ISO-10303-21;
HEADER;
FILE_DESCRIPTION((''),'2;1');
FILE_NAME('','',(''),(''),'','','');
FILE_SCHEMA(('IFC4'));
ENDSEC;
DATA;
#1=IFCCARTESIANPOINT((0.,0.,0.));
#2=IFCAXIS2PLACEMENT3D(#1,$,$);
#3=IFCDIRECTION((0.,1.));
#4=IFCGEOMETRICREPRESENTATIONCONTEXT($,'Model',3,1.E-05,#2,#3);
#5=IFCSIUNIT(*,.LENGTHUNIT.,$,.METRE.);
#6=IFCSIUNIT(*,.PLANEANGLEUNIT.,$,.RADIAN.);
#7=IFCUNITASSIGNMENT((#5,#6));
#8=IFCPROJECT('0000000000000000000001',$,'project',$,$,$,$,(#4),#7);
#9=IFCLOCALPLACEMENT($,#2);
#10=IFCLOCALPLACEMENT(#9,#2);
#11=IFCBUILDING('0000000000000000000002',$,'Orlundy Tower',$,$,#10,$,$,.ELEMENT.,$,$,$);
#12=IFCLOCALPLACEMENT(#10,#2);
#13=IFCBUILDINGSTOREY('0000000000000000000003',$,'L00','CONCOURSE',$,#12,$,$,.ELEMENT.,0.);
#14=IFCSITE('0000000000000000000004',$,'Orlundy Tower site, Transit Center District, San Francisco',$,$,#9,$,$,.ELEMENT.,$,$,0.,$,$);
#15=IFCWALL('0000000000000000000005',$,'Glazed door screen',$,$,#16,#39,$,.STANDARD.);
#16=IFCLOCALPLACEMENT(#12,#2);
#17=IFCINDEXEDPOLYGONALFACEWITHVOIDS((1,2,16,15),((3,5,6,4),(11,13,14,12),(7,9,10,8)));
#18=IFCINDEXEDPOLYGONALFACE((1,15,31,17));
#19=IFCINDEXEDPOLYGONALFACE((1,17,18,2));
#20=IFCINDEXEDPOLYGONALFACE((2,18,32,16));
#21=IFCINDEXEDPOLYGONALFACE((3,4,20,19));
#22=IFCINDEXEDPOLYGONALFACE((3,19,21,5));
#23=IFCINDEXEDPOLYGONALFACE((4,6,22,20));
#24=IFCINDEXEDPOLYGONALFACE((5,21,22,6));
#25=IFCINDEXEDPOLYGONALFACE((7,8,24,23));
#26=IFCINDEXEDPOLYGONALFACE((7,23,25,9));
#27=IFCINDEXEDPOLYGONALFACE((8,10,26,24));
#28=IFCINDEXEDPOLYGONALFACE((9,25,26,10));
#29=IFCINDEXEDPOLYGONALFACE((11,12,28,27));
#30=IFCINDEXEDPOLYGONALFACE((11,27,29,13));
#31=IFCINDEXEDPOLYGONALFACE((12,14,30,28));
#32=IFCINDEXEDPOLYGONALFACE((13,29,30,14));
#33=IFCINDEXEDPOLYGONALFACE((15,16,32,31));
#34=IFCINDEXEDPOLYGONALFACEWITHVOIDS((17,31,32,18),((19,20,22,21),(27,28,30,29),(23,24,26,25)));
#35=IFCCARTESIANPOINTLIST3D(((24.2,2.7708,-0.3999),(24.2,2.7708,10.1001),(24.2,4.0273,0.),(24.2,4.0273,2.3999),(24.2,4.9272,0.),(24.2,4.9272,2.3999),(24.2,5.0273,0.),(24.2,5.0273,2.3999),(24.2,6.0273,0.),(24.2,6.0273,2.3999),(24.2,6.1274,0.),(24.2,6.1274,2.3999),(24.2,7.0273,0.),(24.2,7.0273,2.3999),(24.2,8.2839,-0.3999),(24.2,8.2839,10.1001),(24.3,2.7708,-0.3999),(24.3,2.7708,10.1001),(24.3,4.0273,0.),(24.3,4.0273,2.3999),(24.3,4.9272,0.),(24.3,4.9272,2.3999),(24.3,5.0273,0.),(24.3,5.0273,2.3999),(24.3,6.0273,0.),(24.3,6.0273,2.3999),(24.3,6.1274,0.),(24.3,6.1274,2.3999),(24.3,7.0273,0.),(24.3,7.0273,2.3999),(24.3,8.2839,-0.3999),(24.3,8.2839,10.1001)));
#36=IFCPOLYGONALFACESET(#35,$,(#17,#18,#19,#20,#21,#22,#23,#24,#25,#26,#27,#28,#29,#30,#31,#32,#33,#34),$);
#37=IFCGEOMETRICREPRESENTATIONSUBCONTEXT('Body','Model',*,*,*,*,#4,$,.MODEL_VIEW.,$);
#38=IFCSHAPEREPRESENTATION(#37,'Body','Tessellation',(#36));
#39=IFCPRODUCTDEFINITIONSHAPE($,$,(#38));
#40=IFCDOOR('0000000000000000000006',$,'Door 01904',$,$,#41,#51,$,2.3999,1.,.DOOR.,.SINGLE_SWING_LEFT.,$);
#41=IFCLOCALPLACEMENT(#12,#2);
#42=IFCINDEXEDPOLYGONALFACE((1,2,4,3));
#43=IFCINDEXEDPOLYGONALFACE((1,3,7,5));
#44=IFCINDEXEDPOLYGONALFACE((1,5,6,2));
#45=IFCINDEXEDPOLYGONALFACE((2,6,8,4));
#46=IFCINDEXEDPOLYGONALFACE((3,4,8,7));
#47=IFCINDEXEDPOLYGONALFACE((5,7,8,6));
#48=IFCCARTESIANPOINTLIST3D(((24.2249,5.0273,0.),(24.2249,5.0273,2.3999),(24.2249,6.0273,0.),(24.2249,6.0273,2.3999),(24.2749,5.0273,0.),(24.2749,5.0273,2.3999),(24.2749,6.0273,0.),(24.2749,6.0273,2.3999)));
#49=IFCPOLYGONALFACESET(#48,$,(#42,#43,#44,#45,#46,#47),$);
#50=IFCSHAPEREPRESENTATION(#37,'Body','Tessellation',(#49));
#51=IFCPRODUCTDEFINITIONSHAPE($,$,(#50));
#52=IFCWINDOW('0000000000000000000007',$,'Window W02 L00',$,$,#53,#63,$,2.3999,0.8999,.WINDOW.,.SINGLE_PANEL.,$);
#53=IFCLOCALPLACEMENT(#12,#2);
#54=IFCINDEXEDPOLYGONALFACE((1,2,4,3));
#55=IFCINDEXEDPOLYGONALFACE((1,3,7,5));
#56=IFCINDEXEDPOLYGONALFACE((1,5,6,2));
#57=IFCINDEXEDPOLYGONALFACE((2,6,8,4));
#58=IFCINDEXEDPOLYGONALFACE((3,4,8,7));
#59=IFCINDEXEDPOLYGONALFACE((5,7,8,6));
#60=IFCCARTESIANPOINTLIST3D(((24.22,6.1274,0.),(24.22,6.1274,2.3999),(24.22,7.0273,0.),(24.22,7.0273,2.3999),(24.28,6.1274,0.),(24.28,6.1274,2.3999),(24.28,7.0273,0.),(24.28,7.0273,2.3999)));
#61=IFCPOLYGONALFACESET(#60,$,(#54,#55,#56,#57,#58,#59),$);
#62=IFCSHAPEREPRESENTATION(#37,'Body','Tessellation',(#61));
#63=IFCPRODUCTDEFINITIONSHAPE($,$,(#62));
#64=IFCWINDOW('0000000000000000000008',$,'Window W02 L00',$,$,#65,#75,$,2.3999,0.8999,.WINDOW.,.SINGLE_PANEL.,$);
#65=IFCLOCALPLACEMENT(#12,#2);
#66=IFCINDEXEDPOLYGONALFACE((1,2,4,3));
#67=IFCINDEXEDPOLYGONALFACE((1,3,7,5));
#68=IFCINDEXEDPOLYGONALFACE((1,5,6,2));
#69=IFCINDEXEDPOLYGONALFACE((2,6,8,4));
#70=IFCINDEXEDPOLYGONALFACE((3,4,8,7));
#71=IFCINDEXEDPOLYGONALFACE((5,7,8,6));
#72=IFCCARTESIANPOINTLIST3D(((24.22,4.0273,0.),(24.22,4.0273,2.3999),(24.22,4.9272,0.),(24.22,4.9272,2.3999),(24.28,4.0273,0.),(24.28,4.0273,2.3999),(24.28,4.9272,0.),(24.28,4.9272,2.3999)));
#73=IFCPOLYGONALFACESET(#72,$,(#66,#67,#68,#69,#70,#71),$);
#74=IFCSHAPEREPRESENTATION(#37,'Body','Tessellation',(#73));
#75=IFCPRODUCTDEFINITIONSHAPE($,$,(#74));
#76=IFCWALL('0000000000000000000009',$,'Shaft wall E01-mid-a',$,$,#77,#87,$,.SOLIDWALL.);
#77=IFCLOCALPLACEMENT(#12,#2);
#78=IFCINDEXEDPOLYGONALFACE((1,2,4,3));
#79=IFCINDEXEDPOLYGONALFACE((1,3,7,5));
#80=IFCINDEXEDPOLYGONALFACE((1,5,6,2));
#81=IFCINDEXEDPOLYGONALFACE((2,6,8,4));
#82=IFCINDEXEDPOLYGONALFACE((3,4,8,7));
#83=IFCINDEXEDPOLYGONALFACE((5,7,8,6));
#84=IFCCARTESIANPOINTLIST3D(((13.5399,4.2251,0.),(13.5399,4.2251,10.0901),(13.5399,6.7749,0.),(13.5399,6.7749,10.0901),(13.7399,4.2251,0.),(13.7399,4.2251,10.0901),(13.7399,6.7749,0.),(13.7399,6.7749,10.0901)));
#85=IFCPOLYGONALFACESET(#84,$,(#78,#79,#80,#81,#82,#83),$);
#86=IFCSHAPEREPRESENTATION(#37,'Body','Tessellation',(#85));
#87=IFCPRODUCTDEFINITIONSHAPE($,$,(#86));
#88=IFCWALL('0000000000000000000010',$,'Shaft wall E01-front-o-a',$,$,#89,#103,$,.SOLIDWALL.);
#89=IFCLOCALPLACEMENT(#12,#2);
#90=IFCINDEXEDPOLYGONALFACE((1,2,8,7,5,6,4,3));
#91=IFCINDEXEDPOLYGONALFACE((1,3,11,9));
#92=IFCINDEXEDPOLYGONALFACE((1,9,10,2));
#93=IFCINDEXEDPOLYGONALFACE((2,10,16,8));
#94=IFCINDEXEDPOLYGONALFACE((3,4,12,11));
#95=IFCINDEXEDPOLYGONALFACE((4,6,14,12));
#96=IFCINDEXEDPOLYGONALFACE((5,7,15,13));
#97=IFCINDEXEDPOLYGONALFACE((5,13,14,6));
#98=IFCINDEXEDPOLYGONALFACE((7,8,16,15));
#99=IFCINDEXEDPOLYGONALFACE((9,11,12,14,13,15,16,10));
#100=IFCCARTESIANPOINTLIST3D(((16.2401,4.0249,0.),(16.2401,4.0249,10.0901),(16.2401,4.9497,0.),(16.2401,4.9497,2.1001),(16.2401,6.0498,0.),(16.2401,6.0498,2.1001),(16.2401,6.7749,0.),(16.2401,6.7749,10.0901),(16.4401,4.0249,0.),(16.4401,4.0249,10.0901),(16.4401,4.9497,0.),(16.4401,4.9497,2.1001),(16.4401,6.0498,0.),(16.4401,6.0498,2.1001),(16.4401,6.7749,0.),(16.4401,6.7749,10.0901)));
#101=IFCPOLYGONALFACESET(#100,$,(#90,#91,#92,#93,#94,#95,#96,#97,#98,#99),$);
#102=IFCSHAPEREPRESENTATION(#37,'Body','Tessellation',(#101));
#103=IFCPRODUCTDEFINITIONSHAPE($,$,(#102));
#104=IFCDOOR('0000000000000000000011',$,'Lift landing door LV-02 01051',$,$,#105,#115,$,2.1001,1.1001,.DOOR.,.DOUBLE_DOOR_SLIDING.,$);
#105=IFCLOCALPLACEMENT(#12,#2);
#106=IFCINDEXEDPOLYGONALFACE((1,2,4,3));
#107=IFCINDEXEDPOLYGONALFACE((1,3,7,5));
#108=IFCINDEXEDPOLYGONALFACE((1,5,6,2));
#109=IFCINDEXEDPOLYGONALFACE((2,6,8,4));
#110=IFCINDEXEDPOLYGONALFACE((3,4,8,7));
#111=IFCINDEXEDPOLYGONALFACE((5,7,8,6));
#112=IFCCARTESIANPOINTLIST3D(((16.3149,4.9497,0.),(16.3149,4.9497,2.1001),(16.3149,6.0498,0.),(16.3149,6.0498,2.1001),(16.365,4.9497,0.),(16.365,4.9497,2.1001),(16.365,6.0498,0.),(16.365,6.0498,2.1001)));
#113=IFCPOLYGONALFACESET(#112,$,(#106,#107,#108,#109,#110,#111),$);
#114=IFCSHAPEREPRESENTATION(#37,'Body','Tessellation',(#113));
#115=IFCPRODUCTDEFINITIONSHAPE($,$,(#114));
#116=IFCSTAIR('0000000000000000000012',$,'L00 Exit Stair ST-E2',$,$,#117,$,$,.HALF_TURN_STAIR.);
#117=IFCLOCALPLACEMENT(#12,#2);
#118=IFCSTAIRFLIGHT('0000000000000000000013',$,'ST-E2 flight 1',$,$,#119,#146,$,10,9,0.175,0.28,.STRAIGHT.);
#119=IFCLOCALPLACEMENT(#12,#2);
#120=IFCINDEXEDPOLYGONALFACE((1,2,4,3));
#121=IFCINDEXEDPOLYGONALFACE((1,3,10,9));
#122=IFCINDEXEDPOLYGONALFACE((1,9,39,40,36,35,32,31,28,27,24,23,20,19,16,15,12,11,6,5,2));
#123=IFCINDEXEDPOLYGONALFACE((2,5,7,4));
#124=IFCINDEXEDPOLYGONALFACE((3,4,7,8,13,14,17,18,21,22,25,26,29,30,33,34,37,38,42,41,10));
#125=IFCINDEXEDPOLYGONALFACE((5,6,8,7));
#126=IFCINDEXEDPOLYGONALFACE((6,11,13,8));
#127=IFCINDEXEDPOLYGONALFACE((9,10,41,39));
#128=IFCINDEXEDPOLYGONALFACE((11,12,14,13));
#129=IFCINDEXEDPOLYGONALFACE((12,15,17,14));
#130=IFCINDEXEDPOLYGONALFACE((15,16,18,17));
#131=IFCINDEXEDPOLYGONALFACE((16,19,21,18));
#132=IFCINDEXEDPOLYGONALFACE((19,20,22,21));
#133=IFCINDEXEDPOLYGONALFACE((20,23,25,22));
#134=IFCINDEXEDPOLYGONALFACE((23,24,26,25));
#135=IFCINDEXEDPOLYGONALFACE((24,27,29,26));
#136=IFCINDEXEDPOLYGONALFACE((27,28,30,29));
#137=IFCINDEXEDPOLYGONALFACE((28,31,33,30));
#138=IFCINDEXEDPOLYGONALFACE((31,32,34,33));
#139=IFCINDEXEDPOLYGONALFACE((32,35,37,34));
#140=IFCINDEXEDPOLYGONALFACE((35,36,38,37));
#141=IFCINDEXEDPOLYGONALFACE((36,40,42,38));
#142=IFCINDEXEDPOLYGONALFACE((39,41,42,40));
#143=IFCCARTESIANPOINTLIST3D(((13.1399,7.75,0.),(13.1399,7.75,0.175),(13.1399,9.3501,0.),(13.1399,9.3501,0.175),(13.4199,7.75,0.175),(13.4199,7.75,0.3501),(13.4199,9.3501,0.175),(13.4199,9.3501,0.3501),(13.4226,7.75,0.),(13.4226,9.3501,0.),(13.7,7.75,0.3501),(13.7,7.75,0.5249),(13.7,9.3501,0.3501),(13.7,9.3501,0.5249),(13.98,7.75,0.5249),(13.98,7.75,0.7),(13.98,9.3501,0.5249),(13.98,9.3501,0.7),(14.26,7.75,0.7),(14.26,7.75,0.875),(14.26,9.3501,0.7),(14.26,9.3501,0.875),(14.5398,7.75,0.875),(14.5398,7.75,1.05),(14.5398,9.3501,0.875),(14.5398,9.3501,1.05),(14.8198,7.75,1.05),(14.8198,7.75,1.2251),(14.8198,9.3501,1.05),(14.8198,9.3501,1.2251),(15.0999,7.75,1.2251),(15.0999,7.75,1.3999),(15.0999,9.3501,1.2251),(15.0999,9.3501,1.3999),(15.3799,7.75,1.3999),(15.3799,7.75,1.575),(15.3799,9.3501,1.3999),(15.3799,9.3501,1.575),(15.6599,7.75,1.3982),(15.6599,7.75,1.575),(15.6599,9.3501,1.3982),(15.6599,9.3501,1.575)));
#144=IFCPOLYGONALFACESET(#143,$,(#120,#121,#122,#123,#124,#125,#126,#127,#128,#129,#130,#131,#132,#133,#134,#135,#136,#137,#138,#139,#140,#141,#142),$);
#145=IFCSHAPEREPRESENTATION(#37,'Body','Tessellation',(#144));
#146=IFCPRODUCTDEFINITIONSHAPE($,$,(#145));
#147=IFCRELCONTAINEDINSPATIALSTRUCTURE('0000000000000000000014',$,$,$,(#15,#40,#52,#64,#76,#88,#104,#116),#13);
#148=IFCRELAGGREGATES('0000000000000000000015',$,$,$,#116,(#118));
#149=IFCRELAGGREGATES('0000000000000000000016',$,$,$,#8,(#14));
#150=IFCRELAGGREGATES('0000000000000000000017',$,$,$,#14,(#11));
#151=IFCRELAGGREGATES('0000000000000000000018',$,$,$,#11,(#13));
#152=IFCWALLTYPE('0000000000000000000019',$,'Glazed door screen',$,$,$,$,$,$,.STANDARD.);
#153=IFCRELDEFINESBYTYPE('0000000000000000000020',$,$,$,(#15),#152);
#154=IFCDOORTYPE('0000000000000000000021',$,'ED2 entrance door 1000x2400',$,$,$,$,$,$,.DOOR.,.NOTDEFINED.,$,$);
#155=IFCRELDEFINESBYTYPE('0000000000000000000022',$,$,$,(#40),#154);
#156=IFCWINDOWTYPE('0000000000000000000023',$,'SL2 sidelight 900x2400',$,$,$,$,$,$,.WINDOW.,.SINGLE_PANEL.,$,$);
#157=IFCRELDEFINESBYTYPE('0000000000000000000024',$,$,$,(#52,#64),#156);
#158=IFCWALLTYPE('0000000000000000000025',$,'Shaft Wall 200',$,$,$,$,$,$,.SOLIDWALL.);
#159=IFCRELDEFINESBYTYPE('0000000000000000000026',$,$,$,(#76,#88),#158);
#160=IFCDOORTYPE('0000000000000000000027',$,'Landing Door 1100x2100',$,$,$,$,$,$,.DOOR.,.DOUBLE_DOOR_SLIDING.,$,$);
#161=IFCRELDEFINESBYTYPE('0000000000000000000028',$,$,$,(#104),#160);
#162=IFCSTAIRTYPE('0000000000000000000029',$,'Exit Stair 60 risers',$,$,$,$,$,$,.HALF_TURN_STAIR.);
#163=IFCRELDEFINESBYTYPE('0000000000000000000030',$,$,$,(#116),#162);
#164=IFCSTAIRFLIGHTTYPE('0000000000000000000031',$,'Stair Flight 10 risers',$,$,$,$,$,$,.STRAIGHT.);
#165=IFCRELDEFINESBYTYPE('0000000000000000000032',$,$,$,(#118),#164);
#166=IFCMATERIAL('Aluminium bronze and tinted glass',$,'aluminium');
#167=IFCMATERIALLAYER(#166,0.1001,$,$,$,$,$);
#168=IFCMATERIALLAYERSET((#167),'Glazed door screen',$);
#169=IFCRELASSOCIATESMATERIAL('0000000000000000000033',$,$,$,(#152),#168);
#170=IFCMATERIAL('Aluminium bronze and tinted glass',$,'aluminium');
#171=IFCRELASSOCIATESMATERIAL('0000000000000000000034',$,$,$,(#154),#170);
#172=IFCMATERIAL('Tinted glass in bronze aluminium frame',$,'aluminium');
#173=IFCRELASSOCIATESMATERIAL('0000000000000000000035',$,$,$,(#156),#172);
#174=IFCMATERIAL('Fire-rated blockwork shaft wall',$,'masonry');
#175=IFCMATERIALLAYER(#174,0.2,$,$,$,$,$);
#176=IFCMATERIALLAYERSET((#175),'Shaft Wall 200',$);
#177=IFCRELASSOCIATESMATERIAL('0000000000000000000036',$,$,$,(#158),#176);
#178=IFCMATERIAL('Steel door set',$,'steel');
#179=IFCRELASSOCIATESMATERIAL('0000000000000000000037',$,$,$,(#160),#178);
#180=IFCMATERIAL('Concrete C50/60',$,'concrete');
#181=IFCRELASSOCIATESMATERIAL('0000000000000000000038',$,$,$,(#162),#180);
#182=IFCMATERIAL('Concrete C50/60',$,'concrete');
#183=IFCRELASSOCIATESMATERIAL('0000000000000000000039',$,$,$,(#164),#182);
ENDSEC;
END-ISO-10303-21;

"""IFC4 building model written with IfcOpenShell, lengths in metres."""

from ifc_helpers import new_model, si_unit, direction, frame, frame_2d, origin, place, context, subcontext, project, spatial, polyline, rectangle, outline, extrude, material, layer, layer_set, type_object, element, fill, aggregate, save


model = new_model("IFC4")

# Units and contexts
model_context = context("Model", 3, precision=1e-05, world=origin(), true_north=direction((0.0, 1.0)))
body_context = subcontext(model_context, "Body", "Model", "MODEL_VIEW")
ifc_project = project(units=[si_unit("LENGTHUNIT", "METRE"), si_unit("PLANEANGLEUNIT", "RADIAN")], contexts=[model_context])

# Site, building, storey
site_placement = place(None, origin())
site = spatial("IfcSite", under=ifc_project, at=site_placement, Name="Orlundy Tower site, Transit Center District, San Francisco", CompositionType="ELEMENT", RefElevation=0.0)
building_placement = place(site_placement, origin())
building = spatial("IfcBuilding", under=site, at=building_placement, Name="Orlundy Tower", CompositionType="ELEMENT")
storey_placement = place(building_placement, origin())
storey = spatial("IfcBuildingStorey", under=building, at=storey_placement, Name="L00", Description="CONCOURSE", CompositionType="ELEMENT", Elevation=0.0)

# Wall, openings, door, windows
ifc_material_1 = material(Name="Aluminium bronze and tinted glass", Category="aluminium")
ifc_layer_1 = layer(ifc_material_1, 0.1001)
ifc_layer_set_1 = layer_set([ifc_layer_1], Name="Glazed door screen")
wall_type_1 = type_object("IfcWallType", Name="Glazed door screen", PredefinedType="STANDARD", material=ifc_layer_set_1)
wall_1_placement = place(storey_placement, frame((24.25, 8.2839, -0.3999), z_axis=(0.0, 0.0, 1.0), x_axis=(0.0, -1.0, 0.0)))
wall_1 = element("IfcWall", 1, at=wall_1_placement, inside=storey, type_object=wall_type_1, Name="Glazed door screen", PredefinedType="STANDARD", context=body_context, shape_type="SweptSolid", body=[
    extrude(rectangle(XDim=5.5132, YDim=0.1001, at=frame_2d((2.7566, 0.0))), origin(), (0.0, 0.0, 1.0), 10.5),
])
opening_1_placement = place(wall_1_placement, frame((2.2566, 0.0, 0.3999)))
opening_1 = element("IfcOpeningElement", 2, at=opening_1_placement, cuts=wall_1, PredefinedType="OPENING", context=body_context, shape_type="SweptSolid", body=[
    extrude(rectangle(XDim=1.0, YDim=2.3999, at=frame_2d((0.5, 1.2))), frame((0.0, 0.0601, 0.0), z_axis=(0.0, -1.0, 0.0), x_axis=(1.0, 0.0, 0.0)), (0.0, 0.0, 1.0), 0.1201),
])
opening_2_placement = place(wall_1_placement, frame((1.2566, 0.0, 0.3999)))
opening_2 = element("IfcOpeningElement", 3, at=opening_2_placement, cuts=wall_1, PredefinedType="OPENING", context=body_context, shape_type="SweptSolid", body=[
    extrude(rectangle(XDim=0.8999, YDim=2.3999, at=frame_2d((0.45, 1.2))), frame((0.0, 0.0601, 0.0), z_axis=(0.0, -1.0, 0.0), x_axis=(1.0, 0.0, 0.0)), (0.0, 0.0, 1.0), 0.1201),
])
opening_3_placement = place(wall_1_placement, frame((3.3567, 0.0, 0.3999)))
opening_3 = element("IfcOpeningElement", 4, at=opening_3_placement, cuts=wall_1, PredefinedType="OPENING", context=body_context, shape_type="SweptSolid", body=[
    extrude(rectangle(XDim=0.8999, YDim=2.3999, at=frame_2d((0.45, 1.2))), frame((0.0, 0.0601, 0.0), z_axis=(0.0, -1.0, 0.0), x_axis=(1.0, 0.0, 0.0)), (0.0, 0.0, 1.0), 0.1201),
])
ifc_material_2 = material(Name="Aluminium bronze and tinted glass", Category="aluminium")
door_type_1 = type_object("IfcDoorType", Name="ED2 entrance door 1000x2400", OperationType="NOTDEFINED", PredefinedType="DOOR", material=ifc_material_2)
door_1_placement = place(opening_1_placement, origin())
door_1 = element("IfcDoor", 5, at=door_1_placement, inside=storey, type_object=door_type_1, Name="Door 01904", OperationType="SINGLE_SWING_LEFT", OverallHeight=2.3999, OverallWidth=1.0, PredefinedType="DOOR", context=body_context, shape_type="SweptSolid", body=[
    extrude(rectangle(XDim=1.0, YDim=2.3999, at=frame_2d((0.5, 1.2))), frame((0.0, 0.0249, 0.0), z_axis=(0.0, -1.0, 0.0), x_axis=(1.0, 0.0, 0.0)), (0.0, 0.0, 1.0), 0.05),
])
fill(opening_1, door_1)
ifc_material_3 = material(Name="Tinted glass in bronze aluminium frame", Category="aluminium")
window_type = type_object("IfcWindowType", Name="SL2 sidelight 900x2400", PartitioningType="SINGLE_PANEL", PredefinedType="WINDOW", material=ifc_material_3)
window_1_placement = place(opening_2_placement, origin())
window_1 = element("IfcWindow", 6, at=window_1_placement, inside=storey, type_object=window_type, Name="Window W02 L00", OverallHeight=2.3999, OverallWidth=0.8999, PartitioningType="SINGLE_PANEL", PredefinedType="WINDOW", context=body_context, shape_type="SweptSolid", body=[
    extrude(rectangle(XDim=0.8999, YDim=2.3999, at=frame_2d((0.45, 1.2))), frame((0.0, 0.03, 0.0), z_axis=(0.0, -1.0, 0.0), x_axis=(1.0, 0.0, 0.0)), (0.0, 0.0, 1.0), 0.0601),
])
fill(opening_2, window_1)
window_2_placement = place(opening_3_placement, origin())
window_2 = element("IfcWindow", 7, at=window_2_placement, inside=storey, type_object=window_type, Name="Window W02 L00", OverallHeight=2.3999, OverallWidth=0.8999, PartitioningType="SINGLE_PANEL", PredefinedType="WINDOW", context=body_context, shape_type="SweptSolid", body=[
    extrude(rectangle(XDim=0.8999, YDim=2.3999, at=frame_2d((0.45, 1.2))), frame((0.0, 0.03, 0.0), z_axis=(0.0, -1.0, 0.0), x_axis=(1.0, 0.0, 0.0)), (0.0, 0.0, 1.0), 0.0601),
])
fill(opening_3, window_2)

# Wall
ifc_material_4 = material(Name="Fire-rated blockwork shaft wall", Category="masonry")
ifc_layer_2 = layer(ifc_material_4, 0.2)
ifc_layer_set_2 = layer_set([ifc_layer_2], Name="Shaft Wall 200")
wall_type_2 = type_object("IfcWallType", Name="Shaft Wall 200", PredefinedType="SOLIDWALL", material=ifc_layer_set_2)
wall_2_placement = place(storey_placement, frame((13.6399, 6.7749, 0.0), z_axis=(0.0, 0.0, 1.0), x_axis=(0.0, -1.0, 0.0)))
element("IfcWall", 8, at=wall_2_placement, inside=storey, type_object=wall_type_2, Name="Shaft wall E01-mid-a", PredefinedType="SOLIDWALL", context=body_context, shape_type="SweptSolid", body=[
    extrude(rectangle(XDim=2.5498, YDim=0.2, at=frame_2d((1.2749, 0.0))), origin(), (0.0, 0.0, 1.0), 10.0901),
])

# Wall, opening, door
wall_3_placement = place(storey_placement, frame((16.3401, 6.7749, 0.0), z_axis=(0.0, 0.0, 1.0), x_axis=(0.0, -1.0, 0.0)))
wall_3 = element("IfcWall", 9, at=wall_3_placement, inside=storey, type_object=wall_type_2, Name="Shaft wall E01-front-o-a", PredefinedType="SOLIDWALL", context=body_context, shape_type="SweptSolid", body=[
    extrude(rectangle(XDim=2.75, YDim=0.2, at=frame_2d((1.375, 0.0))), origin(), (0.0, 0.0, 1.0), 10.0901),
])
opening_4_placement = place(wall_3_placement, frame((0.7251, 0.0, 0.0)))
opening_4 = element("IfcOpeningElement", 10, at=opening_4_placement, cuts=wall_3, PredefinedType="OPENING", context=body_context, shape_type="SweptSolid", body=[
    extrude(rectangle(XDim=1.1001, YDim=2.1001, at=frame_2d((0.55, 1.05))), frame((0.0, 0.1101, 0.0), z_axis=(0.0, -1.0, 0.0), x_axis=(1.0, 0.0, 0.0)), (0.0, 0.0, 1.0), 0.2202),
])
ifc_material_5 = material(Name="Steel door set", Category="steel")
door_type_2 = type_object("IfcDoorType", Name="Landing Door 1100x2100", OperationType="DOUBLE_DOOR_SLIDING", PredefinedType="DOOR", material=ifc_material_5)
door_2_placement = place(opening_4_placement, origin())
door_2 = element("IfcDoor", 11, at=door_2_placement, inside=storey, type_object=door_type_2, Name="Lift landing door LV-02 01051", OperationType="DOUBLE_DOOR_SLIDING", OverallHeight=2.1001, OverallWidth=1.1001, PredefinedType="DOOR", context=body_context, shape_type="SweptSolid", body=[
    extrude(rectangle(XDim=1.1001, YDim=2.1001, at=frame_2d((0.55, 1.05))), frame((0.0, 0.0249, 0.0), z_axis=(0.0, -1.0, 0.0), x_axis=(1.0, 0.0, 0.0)), (0.0, 0.0, 1.0), 0.05),
])
fill(opening_4, door_2)

# Stair, stair flight
ifc_material_6 = material(Name="Concrete C50/60", Category="concrete")
stair_type = type_object("IfcStairType", Name="Exit Stair 60 risers", PredefinedType="HALF_TURN_STAIR", material=ifc_material_6)
stair_placement = place(storey_placement, origin())
stair = element("IfcStair", 12, at=stair_placement, inside=storey, type_object=stair_type, Name="L00 Exit Stair ST-E2", PredefinedType="HALF_TURN_STAIR")
ifc_material_7 = material(Name="Concrete C50/60", Category="concrete")
stair_flight_type = type_object("IfcStairFlightType", Name="Stair Flight 10 risers", PredefinedType="STRAIGHT", material=ifc_material_7)
stair_flight_1_placement = place(storey_placement, frame((13.1399, 8.55, 0.0), z_axis=(0.0, 0.0, 1.0), x_axis=(1.0, 0.0, 0.0)))
stair_flight_1 = element("IfcStairFlight", 13, at=stair_flight_1_placement, type_object=stair_flight_type, Name="ST-E2 flight 1", NumberOfRisers=10, NumberOfTreads=9, PredefinedType="STRAIGHT", RiserHeight=0.175, TreadLength=0.28, context=body_context, shape_type="SweptSolid", body=[
    extrude(outline(polyline([(0.0, 0.0), (0.0, 0.175), (0.28, 0.175), (0.28, 0.3501), (0.5601, 0.3501), (0.5601, 0.5249), (0.8401, 0.5249), (0.8401, 0.7), (1.1201, 0.7), (1.1201, 0.875), (1.3999, 0.875), (1.3999, 1.05), (1.6799, 1.05), (1.6799, 1.2251), (1.96, 1.2251), (1.96, 1.3999), (2.24, 1.3999), (2.24, 1.575), (2.52, 1.575), (2.52, 1.75), (2.52, 1.3982), (0.2827, 0.0), (0.0, 0.0)])), frame((0.0, 0.8, 0.0), z_axis=(0.0, -1.0, 0.0), x_axis=(1.0, 0.0, 0.0)), (0.0, 0.0, 1.0), 1.6001),
])
aggregate(stair, [stair_flight_1])

save(model, "model.ifc")
